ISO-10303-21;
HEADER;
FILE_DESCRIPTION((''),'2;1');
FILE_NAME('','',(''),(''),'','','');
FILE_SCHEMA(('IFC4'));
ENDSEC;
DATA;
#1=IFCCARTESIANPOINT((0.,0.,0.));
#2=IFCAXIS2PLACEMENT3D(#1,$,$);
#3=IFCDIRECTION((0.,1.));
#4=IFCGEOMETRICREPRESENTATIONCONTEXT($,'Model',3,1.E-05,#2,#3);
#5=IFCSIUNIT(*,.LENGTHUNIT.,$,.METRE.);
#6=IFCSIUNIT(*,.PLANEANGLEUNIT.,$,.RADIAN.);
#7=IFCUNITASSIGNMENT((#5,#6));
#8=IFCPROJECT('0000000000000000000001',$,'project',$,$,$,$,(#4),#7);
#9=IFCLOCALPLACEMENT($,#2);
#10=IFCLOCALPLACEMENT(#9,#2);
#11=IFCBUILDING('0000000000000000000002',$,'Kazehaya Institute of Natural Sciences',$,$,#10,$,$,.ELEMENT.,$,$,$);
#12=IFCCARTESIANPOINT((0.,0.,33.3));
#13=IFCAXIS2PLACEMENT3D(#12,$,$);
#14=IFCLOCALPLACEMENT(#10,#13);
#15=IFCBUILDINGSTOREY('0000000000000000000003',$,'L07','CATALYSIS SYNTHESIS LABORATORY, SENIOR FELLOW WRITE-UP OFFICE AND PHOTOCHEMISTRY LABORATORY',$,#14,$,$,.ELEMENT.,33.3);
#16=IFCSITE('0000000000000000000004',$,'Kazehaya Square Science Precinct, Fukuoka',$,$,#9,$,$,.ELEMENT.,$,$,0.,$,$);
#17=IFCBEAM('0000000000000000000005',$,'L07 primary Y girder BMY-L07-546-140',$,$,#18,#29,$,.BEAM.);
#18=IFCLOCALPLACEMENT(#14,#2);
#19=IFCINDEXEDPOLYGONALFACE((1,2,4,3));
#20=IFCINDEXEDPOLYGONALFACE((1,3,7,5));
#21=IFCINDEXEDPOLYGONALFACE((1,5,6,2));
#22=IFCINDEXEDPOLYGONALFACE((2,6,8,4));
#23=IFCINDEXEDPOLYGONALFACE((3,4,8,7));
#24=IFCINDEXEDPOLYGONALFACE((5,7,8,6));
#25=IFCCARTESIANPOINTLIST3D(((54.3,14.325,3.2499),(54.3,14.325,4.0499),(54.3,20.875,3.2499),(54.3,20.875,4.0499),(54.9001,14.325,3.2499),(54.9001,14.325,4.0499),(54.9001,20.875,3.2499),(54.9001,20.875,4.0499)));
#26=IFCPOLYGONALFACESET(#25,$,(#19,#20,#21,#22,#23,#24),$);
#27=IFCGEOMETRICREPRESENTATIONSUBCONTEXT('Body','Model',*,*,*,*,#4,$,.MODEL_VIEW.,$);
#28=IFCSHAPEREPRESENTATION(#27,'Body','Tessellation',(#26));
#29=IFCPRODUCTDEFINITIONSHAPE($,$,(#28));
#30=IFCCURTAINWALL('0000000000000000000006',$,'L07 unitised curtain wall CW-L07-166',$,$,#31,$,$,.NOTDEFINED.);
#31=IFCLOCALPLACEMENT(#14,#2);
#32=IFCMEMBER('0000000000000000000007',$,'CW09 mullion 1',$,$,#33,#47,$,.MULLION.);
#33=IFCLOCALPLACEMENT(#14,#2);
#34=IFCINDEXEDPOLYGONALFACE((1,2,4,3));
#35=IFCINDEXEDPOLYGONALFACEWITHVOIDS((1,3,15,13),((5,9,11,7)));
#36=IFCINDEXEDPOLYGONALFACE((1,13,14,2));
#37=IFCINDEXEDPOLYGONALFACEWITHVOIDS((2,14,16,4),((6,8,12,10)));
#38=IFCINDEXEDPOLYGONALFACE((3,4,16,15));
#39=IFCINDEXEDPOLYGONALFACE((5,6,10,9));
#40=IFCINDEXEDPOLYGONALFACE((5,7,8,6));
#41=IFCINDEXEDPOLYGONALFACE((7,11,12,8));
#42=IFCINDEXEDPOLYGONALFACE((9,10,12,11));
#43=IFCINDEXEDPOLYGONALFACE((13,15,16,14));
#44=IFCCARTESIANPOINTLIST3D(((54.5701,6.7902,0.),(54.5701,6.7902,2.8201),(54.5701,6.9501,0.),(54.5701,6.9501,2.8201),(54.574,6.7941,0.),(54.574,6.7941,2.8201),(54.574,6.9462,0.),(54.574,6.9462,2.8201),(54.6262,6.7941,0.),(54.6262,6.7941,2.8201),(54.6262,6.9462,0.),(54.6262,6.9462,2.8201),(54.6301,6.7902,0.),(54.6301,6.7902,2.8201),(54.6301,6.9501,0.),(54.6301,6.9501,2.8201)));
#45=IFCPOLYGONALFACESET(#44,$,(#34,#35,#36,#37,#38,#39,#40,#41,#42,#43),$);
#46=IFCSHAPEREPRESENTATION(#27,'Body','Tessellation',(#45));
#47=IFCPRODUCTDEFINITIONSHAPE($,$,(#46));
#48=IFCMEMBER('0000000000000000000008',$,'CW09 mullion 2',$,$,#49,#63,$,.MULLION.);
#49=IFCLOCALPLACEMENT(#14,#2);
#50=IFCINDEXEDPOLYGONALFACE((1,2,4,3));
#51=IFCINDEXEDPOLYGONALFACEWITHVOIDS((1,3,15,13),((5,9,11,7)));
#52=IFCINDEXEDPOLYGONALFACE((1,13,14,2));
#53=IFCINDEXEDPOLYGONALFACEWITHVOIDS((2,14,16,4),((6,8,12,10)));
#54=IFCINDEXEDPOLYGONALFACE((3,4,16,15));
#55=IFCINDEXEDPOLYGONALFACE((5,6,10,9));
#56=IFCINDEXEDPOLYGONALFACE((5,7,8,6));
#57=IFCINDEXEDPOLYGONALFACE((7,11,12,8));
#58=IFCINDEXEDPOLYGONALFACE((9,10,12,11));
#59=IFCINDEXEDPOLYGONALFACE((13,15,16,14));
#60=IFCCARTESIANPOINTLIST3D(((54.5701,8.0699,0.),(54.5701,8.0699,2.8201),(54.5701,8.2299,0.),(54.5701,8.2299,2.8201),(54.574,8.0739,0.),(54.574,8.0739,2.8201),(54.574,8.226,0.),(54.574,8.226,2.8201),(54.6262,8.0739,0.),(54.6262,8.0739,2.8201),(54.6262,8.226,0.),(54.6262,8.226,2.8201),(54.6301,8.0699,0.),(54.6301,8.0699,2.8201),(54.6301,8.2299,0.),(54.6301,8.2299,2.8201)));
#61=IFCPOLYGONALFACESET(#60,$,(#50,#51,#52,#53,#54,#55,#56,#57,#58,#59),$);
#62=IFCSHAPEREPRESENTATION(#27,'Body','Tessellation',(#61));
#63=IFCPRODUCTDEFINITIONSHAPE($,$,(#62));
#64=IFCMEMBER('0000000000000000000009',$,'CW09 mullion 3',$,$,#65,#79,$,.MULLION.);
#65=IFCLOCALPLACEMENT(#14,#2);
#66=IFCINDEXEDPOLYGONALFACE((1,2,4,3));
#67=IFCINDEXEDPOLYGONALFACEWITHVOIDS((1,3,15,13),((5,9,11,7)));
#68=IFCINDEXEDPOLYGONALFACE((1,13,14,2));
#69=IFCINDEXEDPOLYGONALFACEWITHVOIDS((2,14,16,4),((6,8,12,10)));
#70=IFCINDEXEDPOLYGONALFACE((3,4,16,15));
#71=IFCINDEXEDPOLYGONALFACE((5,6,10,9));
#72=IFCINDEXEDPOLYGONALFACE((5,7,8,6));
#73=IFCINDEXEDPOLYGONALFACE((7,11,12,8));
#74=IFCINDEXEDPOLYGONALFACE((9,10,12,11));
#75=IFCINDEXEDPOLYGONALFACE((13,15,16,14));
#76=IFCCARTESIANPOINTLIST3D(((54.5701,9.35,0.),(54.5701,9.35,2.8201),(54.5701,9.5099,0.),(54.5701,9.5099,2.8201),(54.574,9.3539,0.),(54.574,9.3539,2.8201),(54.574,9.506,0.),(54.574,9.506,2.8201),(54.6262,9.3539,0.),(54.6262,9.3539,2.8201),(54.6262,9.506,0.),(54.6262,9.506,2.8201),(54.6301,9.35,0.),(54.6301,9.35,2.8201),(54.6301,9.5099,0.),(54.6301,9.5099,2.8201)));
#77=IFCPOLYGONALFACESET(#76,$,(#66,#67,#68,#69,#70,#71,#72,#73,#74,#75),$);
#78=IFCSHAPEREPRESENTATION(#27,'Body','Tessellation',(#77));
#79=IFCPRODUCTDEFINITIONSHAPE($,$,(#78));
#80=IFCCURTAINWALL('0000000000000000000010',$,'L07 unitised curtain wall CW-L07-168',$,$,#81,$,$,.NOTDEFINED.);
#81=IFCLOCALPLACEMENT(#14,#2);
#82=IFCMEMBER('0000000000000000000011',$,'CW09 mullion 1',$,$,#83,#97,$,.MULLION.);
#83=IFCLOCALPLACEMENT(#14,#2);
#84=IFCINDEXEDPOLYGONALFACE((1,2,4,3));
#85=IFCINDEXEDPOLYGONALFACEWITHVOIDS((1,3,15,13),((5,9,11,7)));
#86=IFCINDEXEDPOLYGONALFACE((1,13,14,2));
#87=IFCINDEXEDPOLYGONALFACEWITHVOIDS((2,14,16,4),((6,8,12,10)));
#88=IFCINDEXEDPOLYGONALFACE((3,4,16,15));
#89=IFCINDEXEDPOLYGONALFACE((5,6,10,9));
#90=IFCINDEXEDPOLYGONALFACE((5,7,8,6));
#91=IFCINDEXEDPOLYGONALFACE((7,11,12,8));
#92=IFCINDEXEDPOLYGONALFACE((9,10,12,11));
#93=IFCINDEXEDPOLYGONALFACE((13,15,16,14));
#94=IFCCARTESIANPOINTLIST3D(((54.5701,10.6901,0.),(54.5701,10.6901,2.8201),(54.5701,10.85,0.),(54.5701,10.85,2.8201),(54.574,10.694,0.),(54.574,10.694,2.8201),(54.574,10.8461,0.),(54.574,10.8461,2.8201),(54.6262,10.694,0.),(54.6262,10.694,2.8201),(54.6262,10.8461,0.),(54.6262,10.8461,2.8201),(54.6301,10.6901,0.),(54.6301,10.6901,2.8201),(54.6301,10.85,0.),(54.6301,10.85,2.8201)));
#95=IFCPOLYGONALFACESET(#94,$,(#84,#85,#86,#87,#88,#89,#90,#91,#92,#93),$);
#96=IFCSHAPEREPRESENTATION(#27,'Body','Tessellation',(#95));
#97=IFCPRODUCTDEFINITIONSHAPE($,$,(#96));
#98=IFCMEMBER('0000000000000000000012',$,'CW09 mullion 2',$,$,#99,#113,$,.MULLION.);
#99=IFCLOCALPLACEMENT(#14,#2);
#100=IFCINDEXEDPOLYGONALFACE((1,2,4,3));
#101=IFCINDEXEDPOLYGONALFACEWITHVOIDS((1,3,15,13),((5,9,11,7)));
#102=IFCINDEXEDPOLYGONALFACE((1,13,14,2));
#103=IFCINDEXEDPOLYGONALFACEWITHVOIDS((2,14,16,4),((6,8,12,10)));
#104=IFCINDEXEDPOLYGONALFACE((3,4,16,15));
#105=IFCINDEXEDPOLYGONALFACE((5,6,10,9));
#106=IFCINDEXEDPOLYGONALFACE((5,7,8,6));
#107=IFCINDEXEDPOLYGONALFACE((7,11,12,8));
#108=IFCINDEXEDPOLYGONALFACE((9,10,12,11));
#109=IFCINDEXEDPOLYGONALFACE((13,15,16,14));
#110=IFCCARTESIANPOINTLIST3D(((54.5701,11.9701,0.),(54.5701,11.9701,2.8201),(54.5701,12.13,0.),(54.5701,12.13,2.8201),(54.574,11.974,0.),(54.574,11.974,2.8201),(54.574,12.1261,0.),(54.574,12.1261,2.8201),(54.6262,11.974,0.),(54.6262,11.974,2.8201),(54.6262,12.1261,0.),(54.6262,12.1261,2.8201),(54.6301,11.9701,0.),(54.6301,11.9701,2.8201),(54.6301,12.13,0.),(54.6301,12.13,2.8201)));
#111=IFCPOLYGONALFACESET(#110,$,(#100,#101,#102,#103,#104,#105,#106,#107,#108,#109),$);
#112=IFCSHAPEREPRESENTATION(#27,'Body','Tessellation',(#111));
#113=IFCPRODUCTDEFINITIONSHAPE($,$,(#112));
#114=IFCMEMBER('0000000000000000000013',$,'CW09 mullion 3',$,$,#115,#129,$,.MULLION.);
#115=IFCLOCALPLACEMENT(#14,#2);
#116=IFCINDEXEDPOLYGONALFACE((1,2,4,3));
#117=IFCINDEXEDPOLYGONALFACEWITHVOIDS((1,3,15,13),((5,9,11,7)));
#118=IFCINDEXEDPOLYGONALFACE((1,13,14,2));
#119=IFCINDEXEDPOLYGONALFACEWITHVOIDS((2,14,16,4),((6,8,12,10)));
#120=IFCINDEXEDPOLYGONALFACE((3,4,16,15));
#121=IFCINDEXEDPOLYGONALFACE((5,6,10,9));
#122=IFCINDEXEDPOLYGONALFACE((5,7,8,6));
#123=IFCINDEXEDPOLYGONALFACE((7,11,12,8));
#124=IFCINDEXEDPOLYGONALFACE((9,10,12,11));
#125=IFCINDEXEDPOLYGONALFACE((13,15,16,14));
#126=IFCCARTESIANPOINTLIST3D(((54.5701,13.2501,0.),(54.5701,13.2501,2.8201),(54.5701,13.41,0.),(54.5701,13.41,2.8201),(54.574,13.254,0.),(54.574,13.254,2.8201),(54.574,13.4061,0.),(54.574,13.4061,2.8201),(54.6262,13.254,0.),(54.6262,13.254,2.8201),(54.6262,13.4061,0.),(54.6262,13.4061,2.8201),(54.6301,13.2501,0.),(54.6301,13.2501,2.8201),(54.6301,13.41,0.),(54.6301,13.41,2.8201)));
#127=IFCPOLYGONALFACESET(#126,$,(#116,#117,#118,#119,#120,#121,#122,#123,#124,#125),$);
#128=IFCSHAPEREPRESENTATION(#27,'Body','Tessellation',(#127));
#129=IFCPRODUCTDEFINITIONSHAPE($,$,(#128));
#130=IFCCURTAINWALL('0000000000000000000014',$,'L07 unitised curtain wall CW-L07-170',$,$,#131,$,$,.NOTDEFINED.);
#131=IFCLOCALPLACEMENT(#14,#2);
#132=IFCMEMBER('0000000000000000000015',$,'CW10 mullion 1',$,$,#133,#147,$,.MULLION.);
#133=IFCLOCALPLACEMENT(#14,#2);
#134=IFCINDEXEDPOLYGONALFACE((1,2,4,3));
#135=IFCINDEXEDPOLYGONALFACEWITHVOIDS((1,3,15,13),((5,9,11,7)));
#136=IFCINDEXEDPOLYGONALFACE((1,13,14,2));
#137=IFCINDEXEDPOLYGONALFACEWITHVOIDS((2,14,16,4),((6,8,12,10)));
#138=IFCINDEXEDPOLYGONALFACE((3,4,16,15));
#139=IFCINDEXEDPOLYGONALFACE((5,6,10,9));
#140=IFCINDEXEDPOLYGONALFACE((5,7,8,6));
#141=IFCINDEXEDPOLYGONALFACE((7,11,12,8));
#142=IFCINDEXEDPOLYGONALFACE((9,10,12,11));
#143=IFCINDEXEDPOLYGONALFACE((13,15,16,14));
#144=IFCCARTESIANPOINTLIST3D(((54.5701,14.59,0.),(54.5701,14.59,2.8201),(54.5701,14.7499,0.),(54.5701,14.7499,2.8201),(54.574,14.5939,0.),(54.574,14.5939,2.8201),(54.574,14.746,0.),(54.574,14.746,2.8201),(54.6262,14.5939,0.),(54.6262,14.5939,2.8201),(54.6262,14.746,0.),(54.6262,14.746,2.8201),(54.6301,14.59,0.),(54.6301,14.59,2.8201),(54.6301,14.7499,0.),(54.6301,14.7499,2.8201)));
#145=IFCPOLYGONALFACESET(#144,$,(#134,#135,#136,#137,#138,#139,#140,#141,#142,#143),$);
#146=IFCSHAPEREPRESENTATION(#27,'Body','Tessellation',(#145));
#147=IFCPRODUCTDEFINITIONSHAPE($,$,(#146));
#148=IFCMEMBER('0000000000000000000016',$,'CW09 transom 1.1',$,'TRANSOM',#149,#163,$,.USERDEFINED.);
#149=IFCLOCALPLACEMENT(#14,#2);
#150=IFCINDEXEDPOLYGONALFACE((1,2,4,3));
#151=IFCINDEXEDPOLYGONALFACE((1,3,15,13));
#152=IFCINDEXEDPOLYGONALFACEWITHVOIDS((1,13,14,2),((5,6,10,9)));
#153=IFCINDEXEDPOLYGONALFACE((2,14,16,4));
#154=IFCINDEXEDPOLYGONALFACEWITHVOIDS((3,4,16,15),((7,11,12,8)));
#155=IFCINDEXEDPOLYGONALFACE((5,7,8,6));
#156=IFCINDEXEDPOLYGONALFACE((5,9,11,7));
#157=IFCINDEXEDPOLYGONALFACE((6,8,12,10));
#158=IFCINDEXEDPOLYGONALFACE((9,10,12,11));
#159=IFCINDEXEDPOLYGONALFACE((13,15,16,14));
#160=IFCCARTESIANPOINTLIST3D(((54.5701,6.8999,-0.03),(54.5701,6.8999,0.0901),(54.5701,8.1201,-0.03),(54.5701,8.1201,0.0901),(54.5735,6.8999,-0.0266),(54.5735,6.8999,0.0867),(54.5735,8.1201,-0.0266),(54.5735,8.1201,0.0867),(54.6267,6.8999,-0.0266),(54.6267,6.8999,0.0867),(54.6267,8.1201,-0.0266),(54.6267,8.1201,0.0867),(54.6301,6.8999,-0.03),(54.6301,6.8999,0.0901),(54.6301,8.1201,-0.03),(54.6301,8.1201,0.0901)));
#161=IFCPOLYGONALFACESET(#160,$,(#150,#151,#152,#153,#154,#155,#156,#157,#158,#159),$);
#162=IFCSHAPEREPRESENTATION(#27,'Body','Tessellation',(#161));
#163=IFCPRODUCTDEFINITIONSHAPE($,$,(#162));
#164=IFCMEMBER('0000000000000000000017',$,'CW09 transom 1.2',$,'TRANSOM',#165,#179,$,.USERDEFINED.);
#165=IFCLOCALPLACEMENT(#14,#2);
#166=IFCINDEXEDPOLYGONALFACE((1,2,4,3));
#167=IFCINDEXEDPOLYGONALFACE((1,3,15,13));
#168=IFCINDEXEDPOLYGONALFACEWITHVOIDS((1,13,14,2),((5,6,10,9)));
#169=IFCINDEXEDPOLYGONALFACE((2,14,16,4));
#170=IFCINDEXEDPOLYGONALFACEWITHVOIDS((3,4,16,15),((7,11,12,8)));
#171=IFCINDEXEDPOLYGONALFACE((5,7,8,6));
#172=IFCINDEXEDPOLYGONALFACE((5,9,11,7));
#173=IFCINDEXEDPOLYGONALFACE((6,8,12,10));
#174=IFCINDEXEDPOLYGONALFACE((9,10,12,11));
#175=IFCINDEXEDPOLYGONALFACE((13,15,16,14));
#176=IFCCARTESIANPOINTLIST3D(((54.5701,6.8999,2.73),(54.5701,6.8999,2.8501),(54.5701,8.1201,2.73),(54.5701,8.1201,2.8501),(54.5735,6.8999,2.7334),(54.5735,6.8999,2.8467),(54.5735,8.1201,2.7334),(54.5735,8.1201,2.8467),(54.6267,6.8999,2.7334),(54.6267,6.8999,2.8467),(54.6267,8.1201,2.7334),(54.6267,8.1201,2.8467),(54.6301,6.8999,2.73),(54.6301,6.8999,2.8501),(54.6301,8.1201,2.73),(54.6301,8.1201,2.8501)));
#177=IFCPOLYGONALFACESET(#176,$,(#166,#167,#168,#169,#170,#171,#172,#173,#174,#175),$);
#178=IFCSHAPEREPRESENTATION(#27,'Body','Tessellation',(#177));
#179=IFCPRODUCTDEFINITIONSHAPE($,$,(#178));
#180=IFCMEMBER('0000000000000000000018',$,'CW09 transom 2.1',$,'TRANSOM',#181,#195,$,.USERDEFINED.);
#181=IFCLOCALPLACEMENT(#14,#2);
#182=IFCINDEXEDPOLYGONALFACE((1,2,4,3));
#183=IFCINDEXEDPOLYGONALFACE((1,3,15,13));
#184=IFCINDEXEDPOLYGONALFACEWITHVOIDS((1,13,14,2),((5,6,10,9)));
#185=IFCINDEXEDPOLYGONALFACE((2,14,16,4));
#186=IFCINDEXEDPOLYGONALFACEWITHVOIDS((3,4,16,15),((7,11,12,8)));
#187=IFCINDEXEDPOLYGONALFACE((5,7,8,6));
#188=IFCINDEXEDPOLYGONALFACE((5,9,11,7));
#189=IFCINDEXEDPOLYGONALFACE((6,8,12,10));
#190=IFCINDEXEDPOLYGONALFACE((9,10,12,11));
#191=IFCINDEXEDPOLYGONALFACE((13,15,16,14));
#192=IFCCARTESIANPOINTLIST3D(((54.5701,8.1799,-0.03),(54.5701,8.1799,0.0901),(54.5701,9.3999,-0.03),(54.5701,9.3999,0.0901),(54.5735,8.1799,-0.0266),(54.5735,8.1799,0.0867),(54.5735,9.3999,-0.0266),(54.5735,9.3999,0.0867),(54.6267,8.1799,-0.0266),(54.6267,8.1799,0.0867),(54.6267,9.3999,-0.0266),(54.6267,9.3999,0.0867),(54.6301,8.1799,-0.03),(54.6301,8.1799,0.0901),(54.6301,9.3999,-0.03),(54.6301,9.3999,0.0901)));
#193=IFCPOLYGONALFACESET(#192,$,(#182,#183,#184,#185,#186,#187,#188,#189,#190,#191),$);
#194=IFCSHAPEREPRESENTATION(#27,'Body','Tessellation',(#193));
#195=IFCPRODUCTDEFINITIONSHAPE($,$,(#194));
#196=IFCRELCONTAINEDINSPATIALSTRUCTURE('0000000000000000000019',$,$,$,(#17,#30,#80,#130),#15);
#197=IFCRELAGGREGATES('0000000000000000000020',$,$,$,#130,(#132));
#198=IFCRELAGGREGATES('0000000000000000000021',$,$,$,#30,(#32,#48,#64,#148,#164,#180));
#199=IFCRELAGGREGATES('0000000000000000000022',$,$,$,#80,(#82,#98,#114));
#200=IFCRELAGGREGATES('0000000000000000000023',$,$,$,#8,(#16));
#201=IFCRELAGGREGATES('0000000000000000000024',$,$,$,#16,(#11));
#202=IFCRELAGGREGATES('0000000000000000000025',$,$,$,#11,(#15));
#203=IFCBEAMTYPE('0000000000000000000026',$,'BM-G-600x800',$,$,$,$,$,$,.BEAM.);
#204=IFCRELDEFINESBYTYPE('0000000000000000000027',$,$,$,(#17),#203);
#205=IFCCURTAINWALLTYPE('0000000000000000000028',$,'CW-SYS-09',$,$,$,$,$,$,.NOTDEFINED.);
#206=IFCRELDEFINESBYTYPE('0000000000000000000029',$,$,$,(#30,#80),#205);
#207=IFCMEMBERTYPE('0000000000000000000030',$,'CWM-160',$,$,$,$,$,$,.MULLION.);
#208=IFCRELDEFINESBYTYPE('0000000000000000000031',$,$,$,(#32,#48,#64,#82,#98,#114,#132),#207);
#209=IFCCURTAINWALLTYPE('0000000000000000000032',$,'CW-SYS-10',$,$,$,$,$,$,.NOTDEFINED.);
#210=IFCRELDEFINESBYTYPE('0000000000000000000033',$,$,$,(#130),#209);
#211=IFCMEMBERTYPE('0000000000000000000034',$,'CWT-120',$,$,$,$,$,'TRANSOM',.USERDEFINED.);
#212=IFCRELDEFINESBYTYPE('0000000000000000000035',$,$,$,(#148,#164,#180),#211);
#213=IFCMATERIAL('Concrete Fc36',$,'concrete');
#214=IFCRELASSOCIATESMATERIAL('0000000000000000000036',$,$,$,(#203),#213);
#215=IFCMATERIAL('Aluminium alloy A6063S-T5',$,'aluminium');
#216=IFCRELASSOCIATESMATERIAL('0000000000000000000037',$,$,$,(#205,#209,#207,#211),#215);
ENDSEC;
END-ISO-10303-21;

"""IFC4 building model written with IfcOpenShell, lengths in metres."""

from ifc_helpers import new_model, si_unit, direction, frame, origin, origin_2d, place, context, subcontext, project, spatial, rectangle, hollow_rectangle, extrude, material, material_profile, profile_set, type_object, element, aggregate, save


model = new_model("IFC4")

# Units and contexts
model_context = context("Model", 3, precision=1e-05, world=origin(), true_north=direction((0.0, 1.0)))
body_context = subcontext(model_context, "Body", "Model", "MODEL_VIEW")
ifc_project = project(units=[si_unit("LENGTHUNIT", "METRE"), si_unit("PLANEANGLEUNIT", "RADIAN")], contexts=[model_context])

# Site, building, storey
site_placement = place(None, origin())
site = spatial("IfcSite", under=ifc_project, at=site_placement, Name="Kazehaya Square Science Precinct, Fukuoka", CompositionType="ELEMENT", RefElevation=0.0)
building_placement = place(site_placement, origin())
building = spatial("IfcBuilding", under=site, at=building_placement, Name="Kazehaya Institute of Natural Sciences", CompositionType="ELEMENT")
storey_placement = place(building_placement, frame((0.0, 0.0, 33.3)))
storey = spatial("IfcBuildingStorey", under=building, at=storey_placement, Name="L07", Description="CATALYSIS SYNTHESIS LABORATORY, SENIOR FELLOW WRITE-UP OFFICE AND PHOTOCHEMISTRY LABORATORY", CompositionType="ELEMENT", Elevation=33.3)

# Shared definitions
ifc_material_1 = material(Name="Concrete Fc36", Category="concrete")

# Beam
ifc_material_profile_1 = material_profile(ifc_material_1, rectangle(XDim=0.6001, YDim=0.8, at=origin_2d()), Name="RC-600x800")
ifc_profile_set_1 = profile_set([ifc_material_profile_1], Name="Concrete Fc36")
beam_type = type_object("IfcBeamType", Name="BM-G-600x800", PredefinedType="BEAM", material=ifc_profile_set_1)
beam_1_placement = place(storey_placement, frame((54.6001, 14.325, 3.6499), z_axis=(0.0, 1.0, 0.0), x_axis=(-1.0, 0.0, 0.0)))
element("IfcBeam", 1, at=beam_1_placement, inside=storey, type_object=beam_type, Name="L07 primary Y girder BMY-L07-546-140", PredefinedType="BEAM", context=body_context, shape_type="SweptSolid", body=[
    extrude(rectangle(XDim=0.6001, YDim=0.8, at=origin_2d()), origin(), (0.0, 0.0, 1.0), 6.55),
])

# Curtain walls, members
ifc_material_2 = material(Name="Aluminium alloy A6063S-T5", Category="aluminium")
curtain_wall_type_1 = type_object("IfcCurtainWallType", Name="CW-SYS-09", PredefinedType="NOTDEFINED", material=ifc_material_2)
curtain_wall_1_placement = place(storey_placement, origin())
curtain_wall_1 = element("IfcCurtainWall", 2, at=curtain_wall_1_placement, inside=storey, type_object=curtain_wall_type_1, Name="L07 unitised curtain wall CW-L07-166", PredefinedType="NOTDEFINED")
ifc_material_profile_2 = material_profile(ifc_material_2, hollow_rectangle(XDim=0.0601, YDim=0.1599, WallThickness=0.0039, at=origin_2d()), Name="ALU-60x160x4")
ifc_profile_set_2 = profile_set([ifc_material_profile_2], Name="Aluminium alloy A6063S-T5")
member_type_1 = type_object("IfcMemberType", Name="CWM-160", PredefinedType="MULLION", material=ifc_profile_set_2)
member_1_placement = place(storey_placement, frame((54.6001, 6.8701, 0.0), z_axis=(0.0, 0.0, 1.0), x_axis=(-1.0, 0.0, 0.0)))
member_1 = element("IfcMember", 3, at=member_1_placement, type_object=member_type_1, Name="CW09 mullion 1", PredefinedType="MULLION", context=body_context, shape_type="SweptSolid", body=[
    extrude(hollow_rectangle(XDim=0.0601, YDim=0.1599, WallThickness=0.0039, at=origin_2d()), origin(), (0.0, 0.0, 1.0), 2.8201),
])
member_2_placement = place(storey_placement, frame((54.6001, 8.1499, 0.0), z_axis=(0.0, 0.0, 1.0), x_axis=(-1.0, 0.0, 0.0)))
member_2 = element("IfcMember", 4, at=member_2_placement, type_object=member_type_1, Name="CW09 mullion 2", PredefinedType="MULLION", context=body_context, shape_type="SweptSolid", body=[
    extrude(hollow_rectangle(XDim=0.0601, YDim=0.1599, WallThickness=0.0039, at=origin_2d()), origin(), (0.0, 0.0, 1.0), 2.8201),
])
member_3_placement = place(storey_placement, frame((54.6001, 9.4299, 0.0), z_axis=(0.0, 0.0, 1.0), x_axis=(-1.0, 0.0, 0.0)))
member_3 = element("IfcMember", 5, at=member_3_placement, type_object=member_type_1, Name="CW09 mullion 3", PredefinedType="MULLION", context=body_context, shape_type="SweptSolid", body=[
    extrude(hollow_rectangle(XDim=0.0601, YDim=0.1599, WallThickness=0.0039, at=origin_2d()), origin(), (0.0, 0.0, 1.0), 2.8201),
])
curtain_wall_2_placement = place(storey_placement, origin())
curtain_wall_2 = element("IfcCurtainWall", 6, at=curtain_wall_2_placement, inside=storey, type_object=curtain_wall_type_1, Name="L07 unitised curtain wall CW-L07-168", PredefinedType="NOTDEFINED")
member_4_placement = place(storey_placement, frame((54.6001, 10.77, 0.0), z_axis=(0.0, 0.0, 1.0), x_axis=(-1.0, 0.0, 0.0)))
member_4 = element("IfcMember", 7, at=member_4_placement, type_object=member_type_1, Name="CW09 mullion 1", PredefinedType="MULLION", context=body_context, shape_type="SweptSolid", body=[
    extrude(hollow_rectangle(XDim=0.0601, YDim=0.1599, WallThickness=0.0039, at=origin_2d()), origin(), (0.0, 0.0, 1.0), 2.8201),
])
member_5_placement = place(storey_placement, frame((54.6001, 12.05, 0.0), z_axis=(0.0, 0.0, 1.0), x_axis=(-1.0, 0.0, 0.0)))
member_5 = element("IfcMember", 8, at=member_5_placement, type_object=member_type_1, Name="CW09 mullion 2", PredefinedType="MULLION", context=body_context, shape_type="SweptSolid", body=[
    extrude(hollow_rectangle(XDim=0.0601, YDim=0.1599, WallThickness=0.0039, at=origin_2d()), origin(), (0.0, 0.0, 1.0), 2.8201),
])
member_6_placement = place(storey_placement, frame((54.6001, 13.3301, 0.0), z_axis=(0.0, 0.0, 1.0), x_axis=(-1.0, 0.0, 0.0)))
member_6 = element("IfcMember", 9, at=member_6_placement, type_object=member_type_1, Name="CW09 mullion 3", PredefinedType="MULLION", context=body_context, shape_type="SweptSolid", body=[
    extrude(hollow_rectangle(XDim=0.0601, YDim=0.1599, WallThickness=0.0039, at=origin_2d()), origin(), (0.0, 0.0, 1.0), 2.8201),
])

# Curtain wall, member
curtain_wall_type_2 = type_object("IfcCurtainWallType", Name="CW-SYS-10", PredefinedType="NOTDEFINED", material=ifc_material_2)
curtain_wall_3_placement = place(storey_placement, origin())
curtain_wall_3 = element("IfcCurtainWall", 10, at=curtain_wall_3_placement, inside=storey, type_object=curtain_wall_type_2, Name="L07 unitised curtain wall CW-L07-170", PredefinedType="NOTDEFINED")
member_7_placement = place(storey_placement, frame((54.6001, 14.6699, 0.0), z_axis=(0.0, 0.0, 1.0), x_axis=(-1.0, 0.0, 0.0)))
member_7 = element("IfcMember", 11, at=member_7_placement, type_object=member_type_1, Name="CW10 mullion 1", PredefinedType="MULLION", context=body_context, shape_type="SweptSolid", body=[
    extrude(hollow_rectangle(XDim=0.0601, YDim=0.1599, WallThickness=0.0039, at=origin_2d()), origin(), (0.0, 0.0, 1.0), 2.8201),
])
aggregate(curtain_wall_3, [member_7])

# Members
ifc_material_profile_3 = material_profile(ifc_material_2, hollow_rectangle(XDim=0.0601, YDim=0.1201, WallThickness=0.0034, at=origin_2d()), Name="ALU-60x120x3.5")
ifc_profile_set_3 = profile_set([ifc_material_profile_3], Name="Aluminium alloy A6063S-T5")
member_type_2 = type_object("IfcMemberType", Name="CWT-120", ElementType="TRANSOM", PredefinedType="USERDEFINED", material=ifc_profile_set_3)
member_8_placement = place(storey_placement, frame((54.6001, 6.8999, 0.03), z_axis=(0.0, 1.0, 0.0), x_axis=(-1.0, 0.0, 0.0)))
member_8 = element("IfcMember", 12, at=member_8_placement, type_object=member_type_2, Name="CW09 transom 1.1", ObjectType="TRANSOM", PredefinedType="USERDEFINED", context=body_context, shape_type="SweptSolid", body=[
    extrude(hollow_rectangle(XDim=0.0601, YDim=0.1201, WallThickness=0.0034, at=origin_2d()), origin(), (0.0, 0.0, 1.0), 1.2202),
])
member_9_placement = place(storey_placement, frame((54.6001, 6.8999, 2.79), z_axis=(0.0, 1.0, 0.0), x_axis=(-1.0, 0.0, 0.0)))
member_9 = element("IfcMember", 13, at=member_9_placement, type_object=member_type_2, Name="CW09 transom 1.2", ObjectType="TRANSOM", PredefinedType="USERDEFINED", context=body_context, shape_type="SweptSolid", body=[
    extrude(hollow_rectangle(XDim=0.0601, YDim=0.1201, WallThickness=0.0034, at=origin_2d()), origin(), (0.0, 0.0, 1.0), 1.2202),
])
member_10_placement = place(storey_placement, frame((54.6001, 8.1799, 0.03), z_axis=(0.0, 1.0, 0.0), x_axis=(-1.0, 0.0, 0.0)))
member_10 = element("IfcMember", 14, at=member_10_placement, type_object=member_type_2, Name="CW09 transom 2.1", ObjectType="TRANSOM", PredefinedType="USERDEFINED", context=body_context, shape_type="SweptSolid", body=[
    extrude(hollow_rectangle(XDim=0.0601, YDim=0.1201, WallThickness=0.0034, at=origin_2d()), origin(), (0.0, 0.0, 1.0), 1.22),
])

aggregate(curtain_wall_1, [member_1, member_2, member_3, member_8, member_9, member_10])
aggregate(curtain_wall_2, [member_4, member_5, member_6])

save(model, "model.ifc")
